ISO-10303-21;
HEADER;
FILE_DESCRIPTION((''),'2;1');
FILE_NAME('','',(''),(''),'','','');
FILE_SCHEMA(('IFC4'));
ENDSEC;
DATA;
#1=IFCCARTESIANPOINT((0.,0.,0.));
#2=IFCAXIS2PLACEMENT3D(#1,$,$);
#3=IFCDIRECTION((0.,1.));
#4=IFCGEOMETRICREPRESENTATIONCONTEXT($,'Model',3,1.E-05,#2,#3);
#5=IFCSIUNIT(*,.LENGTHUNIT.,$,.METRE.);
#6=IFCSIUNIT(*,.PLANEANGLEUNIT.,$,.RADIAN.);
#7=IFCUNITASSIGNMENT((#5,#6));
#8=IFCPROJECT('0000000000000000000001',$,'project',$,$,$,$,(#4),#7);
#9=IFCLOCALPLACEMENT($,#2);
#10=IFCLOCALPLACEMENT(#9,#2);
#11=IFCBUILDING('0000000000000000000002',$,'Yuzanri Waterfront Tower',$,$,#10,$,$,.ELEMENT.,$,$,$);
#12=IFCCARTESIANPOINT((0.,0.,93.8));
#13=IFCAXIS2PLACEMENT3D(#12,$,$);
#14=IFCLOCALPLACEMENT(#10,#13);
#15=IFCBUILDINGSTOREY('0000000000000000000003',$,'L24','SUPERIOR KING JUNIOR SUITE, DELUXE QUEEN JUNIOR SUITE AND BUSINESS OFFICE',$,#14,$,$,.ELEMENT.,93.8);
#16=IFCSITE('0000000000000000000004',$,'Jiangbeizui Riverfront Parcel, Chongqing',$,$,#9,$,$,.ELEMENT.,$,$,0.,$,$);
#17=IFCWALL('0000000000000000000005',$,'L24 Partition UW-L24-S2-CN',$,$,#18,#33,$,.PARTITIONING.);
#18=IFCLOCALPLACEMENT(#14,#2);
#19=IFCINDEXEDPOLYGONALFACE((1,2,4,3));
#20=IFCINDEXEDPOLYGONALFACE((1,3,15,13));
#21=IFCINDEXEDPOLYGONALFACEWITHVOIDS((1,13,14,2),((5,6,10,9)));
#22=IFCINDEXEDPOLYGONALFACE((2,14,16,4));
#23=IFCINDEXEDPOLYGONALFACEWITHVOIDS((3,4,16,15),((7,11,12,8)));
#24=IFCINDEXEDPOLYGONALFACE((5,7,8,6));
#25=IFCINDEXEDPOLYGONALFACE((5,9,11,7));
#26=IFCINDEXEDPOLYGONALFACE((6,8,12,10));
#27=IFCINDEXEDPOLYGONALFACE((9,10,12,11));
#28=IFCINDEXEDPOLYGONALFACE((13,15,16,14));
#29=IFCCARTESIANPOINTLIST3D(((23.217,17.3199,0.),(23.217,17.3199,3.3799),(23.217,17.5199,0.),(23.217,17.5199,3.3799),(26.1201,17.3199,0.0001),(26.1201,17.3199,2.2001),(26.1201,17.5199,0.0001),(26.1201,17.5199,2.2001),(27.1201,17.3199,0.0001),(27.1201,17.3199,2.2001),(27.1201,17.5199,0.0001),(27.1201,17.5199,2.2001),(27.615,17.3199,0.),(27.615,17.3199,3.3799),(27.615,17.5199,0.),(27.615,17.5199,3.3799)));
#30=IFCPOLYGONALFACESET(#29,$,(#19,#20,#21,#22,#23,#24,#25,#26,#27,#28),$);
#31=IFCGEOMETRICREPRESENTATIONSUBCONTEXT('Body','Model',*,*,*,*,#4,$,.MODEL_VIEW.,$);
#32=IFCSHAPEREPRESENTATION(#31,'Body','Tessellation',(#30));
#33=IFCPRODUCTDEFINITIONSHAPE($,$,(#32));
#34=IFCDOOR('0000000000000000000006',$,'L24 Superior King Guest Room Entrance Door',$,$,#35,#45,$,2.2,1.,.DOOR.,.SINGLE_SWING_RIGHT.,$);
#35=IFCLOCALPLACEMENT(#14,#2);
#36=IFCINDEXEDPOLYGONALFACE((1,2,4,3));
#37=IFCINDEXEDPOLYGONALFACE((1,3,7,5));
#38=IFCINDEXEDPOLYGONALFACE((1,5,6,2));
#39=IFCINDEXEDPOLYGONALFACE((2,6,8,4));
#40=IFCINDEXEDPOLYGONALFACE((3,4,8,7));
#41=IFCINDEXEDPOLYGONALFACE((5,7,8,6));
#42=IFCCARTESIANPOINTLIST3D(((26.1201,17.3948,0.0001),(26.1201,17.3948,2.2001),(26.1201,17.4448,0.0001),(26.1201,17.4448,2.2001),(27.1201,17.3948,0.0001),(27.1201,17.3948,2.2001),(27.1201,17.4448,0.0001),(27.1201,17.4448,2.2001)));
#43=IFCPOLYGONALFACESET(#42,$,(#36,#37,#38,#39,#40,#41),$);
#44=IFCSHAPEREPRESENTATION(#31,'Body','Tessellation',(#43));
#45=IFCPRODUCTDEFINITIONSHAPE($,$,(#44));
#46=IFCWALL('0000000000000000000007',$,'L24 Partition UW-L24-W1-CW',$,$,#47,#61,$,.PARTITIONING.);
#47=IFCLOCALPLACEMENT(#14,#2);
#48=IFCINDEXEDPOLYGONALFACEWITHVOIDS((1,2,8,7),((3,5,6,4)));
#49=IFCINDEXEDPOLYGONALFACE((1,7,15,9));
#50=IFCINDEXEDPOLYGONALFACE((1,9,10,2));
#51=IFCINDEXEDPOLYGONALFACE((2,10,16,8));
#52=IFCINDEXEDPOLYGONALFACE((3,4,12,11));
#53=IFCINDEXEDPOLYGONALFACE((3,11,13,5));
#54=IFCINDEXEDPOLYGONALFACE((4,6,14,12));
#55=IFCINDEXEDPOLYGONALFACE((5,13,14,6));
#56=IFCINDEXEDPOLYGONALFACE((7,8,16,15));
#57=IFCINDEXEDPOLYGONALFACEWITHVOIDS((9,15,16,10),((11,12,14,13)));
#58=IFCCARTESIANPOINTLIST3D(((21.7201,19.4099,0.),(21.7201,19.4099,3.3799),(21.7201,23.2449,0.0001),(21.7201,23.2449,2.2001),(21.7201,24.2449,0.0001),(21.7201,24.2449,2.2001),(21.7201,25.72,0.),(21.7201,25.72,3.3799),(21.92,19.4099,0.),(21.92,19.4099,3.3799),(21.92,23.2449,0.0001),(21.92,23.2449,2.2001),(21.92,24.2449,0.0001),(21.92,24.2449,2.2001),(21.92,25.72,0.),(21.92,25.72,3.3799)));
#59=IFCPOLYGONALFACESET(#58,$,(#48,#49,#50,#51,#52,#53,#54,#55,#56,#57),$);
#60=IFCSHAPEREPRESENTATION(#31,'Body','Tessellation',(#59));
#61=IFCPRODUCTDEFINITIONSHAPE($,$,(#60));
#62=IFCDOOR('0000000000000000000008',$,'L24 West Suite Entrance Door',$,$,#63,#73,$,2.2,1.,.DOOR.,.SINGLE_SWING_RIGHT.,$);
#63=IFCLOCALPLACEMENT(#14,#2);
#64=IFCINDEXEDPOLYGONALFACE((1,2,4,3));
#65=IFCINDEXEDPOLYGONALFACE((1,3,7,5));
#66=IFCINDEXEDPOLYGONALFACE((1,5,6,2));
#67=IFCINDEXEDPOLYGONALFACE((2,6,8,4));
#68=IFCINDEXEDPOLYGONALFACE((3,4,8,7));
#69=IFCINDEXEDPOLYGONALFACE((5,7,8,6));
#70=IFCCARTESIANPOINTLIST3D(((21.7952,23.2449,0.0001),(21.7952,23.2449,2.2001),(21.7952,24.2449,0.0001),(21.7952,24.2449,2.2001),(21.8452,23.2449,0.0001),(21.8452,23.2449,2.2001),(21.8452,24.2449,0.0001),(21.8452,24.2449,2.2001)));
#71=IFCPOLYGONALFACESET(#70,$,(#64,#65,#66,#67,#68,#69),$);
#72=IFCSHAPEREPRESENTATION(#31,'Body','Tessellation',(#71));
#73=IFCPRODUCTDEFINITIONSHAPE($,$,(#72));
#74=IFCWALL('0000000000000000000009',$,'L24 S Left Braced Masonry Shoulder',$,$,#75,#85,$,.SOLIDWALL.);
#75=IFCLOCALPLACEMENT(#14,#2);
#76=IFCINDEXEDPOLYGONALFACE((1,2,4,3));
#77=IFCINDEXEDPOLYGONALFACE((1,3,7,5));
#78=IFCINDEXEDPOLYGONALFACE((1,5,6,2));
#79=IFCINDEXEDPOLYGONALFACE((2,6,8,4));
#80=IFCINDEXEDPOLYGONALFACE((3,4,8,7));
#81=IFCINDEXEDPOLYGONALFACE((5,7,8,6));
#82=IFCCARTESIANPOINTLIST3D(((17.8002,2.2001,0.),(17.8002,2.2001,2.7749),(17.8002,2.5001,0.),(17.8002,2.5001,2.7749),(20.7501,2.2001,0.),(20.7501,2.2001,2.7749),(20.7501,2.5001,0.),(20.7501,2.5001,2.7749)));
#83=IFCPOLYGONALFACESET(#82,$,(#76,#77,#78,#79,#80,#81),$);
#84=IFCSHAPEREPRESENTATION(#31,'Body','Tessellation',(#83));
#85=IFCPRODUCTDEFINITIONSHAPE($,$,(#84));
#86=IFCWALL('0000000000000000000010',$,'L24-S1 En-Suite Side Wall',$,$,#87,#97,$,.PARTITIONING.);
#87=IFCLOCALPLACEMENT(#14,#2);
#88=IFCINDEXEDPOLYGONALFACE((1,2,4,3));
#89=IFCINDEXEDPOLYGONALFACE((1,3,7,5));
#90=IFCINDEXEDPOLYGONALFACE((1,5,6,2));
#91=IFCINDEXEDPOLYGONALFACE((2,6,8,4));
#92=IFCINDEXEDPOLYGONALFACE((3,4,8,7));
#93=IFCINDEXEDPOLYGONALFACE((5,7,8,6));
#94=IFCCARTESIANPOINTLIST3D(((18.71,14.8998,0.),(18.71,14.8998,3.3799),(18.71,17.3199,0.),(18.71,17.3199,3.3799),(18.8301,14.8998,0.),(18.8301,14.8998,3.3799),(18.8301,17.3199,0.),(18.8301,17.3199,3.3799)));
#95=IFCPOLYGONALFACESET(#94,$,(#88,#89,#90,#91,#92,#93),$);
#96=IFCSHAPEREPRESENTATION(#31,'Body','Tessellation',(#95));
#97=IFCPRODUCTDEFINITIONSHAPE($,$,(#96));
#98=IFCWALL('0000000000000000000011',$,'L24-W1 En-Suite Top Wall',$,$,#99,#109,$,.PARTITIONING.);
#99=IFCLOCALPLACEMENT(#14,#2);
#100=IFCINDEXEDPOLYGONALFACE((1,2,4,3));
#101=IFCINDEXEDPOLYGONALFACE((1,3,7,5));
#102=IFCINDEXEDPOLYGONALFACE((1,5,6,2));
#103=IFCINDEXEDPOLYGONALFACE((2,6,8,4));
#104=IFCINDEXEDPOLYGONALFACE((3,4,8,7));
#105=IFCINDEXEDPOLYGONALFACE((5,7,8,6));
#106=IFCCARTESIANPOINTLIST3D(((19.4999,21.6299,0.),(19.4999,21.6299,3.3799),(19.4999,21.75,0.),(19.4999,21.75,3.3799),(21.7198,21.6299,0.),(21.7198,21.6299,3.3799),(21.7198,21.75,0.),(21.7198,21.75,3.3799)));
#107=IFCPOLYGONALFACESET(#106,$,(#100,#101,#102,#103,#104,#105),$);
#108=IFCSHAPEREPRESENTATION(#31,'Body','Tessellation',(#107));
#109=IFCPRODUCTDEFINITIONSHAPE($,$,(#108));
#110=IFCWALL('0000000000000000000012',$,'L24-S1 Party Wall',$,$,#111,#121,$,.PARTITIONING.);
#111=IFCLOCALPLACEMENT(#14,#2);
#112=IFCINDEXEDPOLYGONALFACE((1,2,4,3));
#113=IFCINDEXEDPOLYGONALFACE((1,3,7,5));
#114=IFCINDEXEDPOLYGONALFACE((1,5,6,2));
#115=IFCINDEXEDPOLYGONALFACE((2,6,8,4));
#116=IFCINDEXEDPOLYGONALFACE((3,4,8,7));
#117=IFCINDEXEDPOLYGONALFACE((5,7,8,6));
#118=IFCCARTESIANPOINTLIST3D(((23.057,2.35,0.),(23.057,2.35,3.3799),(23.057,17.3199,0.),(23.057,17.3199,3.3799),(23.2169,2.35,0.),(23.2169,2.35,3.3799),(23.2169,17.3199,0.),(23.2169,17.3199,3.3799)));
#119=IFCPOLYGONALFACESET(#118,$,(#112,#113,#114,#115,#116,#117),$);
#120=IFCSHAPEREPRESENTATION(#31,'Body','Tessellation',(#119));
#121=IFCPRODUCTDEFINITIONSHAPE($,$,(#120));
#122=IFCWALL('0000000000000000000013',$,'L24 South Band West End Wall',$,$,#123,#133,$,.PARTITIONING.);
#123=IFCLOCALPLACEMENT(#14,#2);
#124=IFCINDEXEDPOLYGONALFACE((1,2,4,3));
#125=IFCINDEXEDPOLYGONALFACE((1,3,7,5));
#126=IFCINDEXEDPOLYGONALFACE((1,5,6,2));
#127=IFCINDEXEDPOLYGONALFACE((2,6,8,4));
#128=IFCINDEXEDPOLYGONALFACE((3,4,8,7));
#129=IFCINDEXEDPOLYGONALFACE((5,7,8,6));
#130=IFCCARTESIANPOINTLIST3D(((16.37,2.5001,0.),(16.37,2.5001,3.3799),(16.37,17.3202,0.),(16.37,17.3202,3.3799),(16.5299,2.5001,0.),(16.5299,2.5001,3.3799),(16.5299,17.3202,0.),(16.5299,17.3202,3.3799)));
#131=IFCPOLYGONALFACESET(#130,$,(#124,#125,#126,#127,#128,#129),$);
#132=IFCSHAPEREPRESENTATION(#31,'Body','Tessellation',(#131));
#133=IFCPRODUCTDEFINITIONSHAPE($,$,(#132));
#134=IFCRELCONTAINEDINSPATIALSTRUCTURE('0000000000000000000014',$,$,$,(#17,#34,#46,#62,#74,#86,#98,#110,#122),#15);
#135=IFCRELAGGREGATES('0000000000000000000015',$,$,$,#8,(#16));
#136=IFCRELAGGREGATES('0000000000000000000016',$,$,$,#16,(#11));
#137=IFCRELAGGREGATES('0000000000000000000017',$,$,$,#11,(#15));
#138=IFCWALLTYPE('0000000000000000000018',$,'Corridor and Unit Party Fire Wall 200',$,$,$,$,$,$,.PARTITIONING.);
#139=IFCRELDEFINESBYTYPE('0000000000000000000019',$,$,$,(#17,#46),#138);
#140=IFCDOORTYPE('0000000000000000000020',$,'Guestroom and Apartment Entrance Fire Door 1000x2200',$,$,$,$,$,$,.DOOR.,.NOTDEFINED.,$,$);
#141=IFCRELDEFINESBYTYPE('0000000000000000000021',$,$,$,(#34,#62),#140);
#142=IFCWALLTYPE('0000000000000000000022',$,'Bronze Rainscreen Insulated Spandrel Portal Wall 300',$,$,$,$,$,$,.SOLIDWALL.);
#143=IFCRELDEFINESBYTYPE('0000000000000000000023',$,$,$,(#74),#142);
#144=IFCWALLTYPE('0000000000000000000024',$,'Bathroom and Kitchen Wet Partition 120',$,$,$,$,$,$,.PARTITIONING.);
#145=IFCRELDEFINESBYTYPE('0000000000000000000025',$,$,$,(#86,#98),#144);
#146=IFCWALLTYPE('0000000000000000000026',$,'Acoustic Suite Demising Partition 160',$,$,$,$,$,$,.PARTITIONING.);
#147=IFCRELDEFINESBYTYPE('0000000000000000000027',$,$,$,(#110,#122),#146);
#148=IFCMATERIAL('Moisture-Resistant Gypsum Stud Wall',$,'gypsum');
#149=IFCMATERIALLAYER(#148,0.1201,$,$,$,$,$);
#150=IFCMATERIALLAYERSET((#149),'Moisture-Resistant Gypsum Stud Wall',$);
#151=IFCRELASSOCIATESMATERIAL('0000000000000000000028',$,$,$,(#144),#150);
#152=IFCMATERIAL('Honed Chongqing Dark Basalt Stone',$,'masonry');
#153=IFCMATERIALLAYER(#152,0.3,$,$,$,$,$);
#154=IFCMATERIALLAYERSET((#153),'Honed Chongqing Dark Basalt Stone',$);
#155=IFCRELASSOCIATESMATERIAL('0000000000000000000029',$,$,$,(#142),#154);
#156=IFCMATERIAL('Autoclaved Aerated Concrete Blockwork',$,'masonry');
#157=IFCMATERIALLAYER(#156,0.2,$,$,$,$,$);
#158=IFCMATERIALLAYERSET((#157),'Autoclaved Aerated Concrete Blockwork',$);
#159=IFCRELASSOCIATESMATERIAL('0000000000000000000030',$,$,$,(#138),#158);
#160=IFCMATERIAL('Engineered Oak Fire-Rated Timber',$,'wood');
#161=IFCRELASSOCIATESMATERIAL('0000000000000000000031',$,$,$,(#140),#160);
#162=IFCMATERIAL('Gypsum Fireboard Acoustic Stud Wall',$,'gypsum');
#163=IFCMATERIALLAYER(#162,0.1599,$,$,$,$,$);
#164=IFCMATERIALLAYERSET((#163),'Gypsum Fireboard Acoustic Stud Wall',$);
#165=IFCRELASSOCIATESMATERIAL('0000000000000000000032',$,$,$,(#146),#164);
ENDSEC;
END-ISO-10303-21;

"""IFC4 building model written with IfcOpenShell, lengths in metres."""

from ifc_helpers import new_model, si_unit, direction, frame, frame_2d, origin, place, context, subcontext, project, spatial, rectangle, extrude, source, transform, mapped, material, layer, layer_set, type_object, element, fill, save


model = new_model("IFC4")

# Units and contexts
model_context = context("Model", 3, precision=1e-05, world=origin(), true_north=direction((0.0, 1.0)))
body_context = subcontext(model_context, "Body", "Model", "MODEL_VIEW")
ifc_project = project(units=[si_unit("LENGTHUNIT", "METRE"), si_unit("PLANEANGLEUNIT", "RADIAN")], contexts=[model_context])

# Site, building, storey
site_placement = place(None, origin())
site = spatial("IfcSite", under=ifc_project, at=site_placement, Name="Jiangbeizui Riverfront Parcel, Chongqing", CompositionType="ELEMENT", RefElevation=0.0)
building_placement = place(site_placement, origin())
building = spatial("IfcBuilding", under=site, at=building_placement, Name="Yuzanri Waterfront Tower", CompositionType="ELEMENT")
storey_placement = place(building_placement, frame((0.0, 0.0, 93.8)))
storey = spatial("IfcBuildingStorey", under=building, at=storey_placement, Name="L24", Description="SUPERIOR KING JUNIOR SUITE, DELUXE QUEEN JUNIOR SUITE AND BUSINESS OFFICE", CompositionType="ELEMENT", Elevation=93.8)

# Shared definitions
ifc_material_1 = material(Name="Moisture-Resistant Gypsum Stud Wall", Category="gypsum")
ifc_layer_1 = layer(ifc_material_1, 0.1201)
ifc_layer_set_1 = layer_set([ifc_layer_1], Name="Moisture-Resistant Gypsum Stud Wall")
wall_type_1 = type_object("IfcWallType", Name="Bathroom and Kitchen Wet Partition 120", PredefinedType="PARTITIONING", material=ifc_layer_set_1)

# Shared definitions
ifc_material_2 = material(Name="Honed Chongqing Dark Basalt Stone", Category="masonry")
ifc_layer_2 = layer(ifc_material_2, 0.3)
ifc_layer_set_2 = layer_set([ifc_layer_2], Name="Honed Chongqing Dark Basalt Stone")
wall_type_2 = type_object("IfcWallType", Name="Bronze Rainscreen Insulated Spandrel Portal Wall 300", PredefinedType="SOLIDWALL", material=ifc_layer_set_2)

# Walls, openings, doors
ifc_material_3 = material(Name="Autoclaved Aerated Concrete Blockwork", Category="masonry")
ifc_layer_3 = layer(ifc_material_3, 0.2)
ifc_layer_set_3 = layer_set([ifc_layer_3], Name="Autoclaved Aerated Concrete Blockwork")
wall_type_3 = type_object("IfcWallType", Name="Corridor and Unit Party Fire Wall 200", PredefinedType="PARTITIONING", material=ifc_layer_set_3)
ifc_material_4 = material(Name="Engineered Oak Fire-Rated Timber", Category="wood")
door_type_1 = type_object("IfcDoorType", Name="Guestroom and Apartment Entrance Fire Door 1000x2200", OperationType="NOTDEFINED", PredefinedType="DOOR", material=ifc_material_4)
shared_shape_1 = source(origin(), body_context, "Body", "SweptSolid", [
    extrude(rectangle(XDim=1.0, YDim=2.2, at=frame_2d((0.5, 1.1001))), frame((0.0, 0.0249, 0.0), z_axis=(0.0, -1.0, 0.0), x_axis=(1.0, 0.0, 0.0)), (0.0, 0.0, 1.0), 0.05),
])
wall_1_placement = place(storey_placement, frame((23.217, 17.4199, 0.0), z_axis=(0.0, 0.0, 1.0), x_axis=(1.0, 0.0, 0.0)))
wall_1 = element("IfcWall", 1, at=wall_1_placement, inside=storey, type_object=wall_type_3, Name="L24 Partition UW-L24-S2-CN", PredefinedType="PARTITIONING", context=body_context, shape_type="SweptSolid", body=[
    extrude(rectangle(XDim=4.3979, YDim=0.2, at=frame_2d((2.199, 0.0))), origin(), (0.0, 0.0, 1.0), 3.3799),
])
opening_1_placement = place(wall_1_placement, frame((2.9031, 0.0, 0.0)))
opening_1 = element("IfcOpeningElement", 2, at=opening_1_placement, cuts=wall_1, PredefinedType="OPENING", context=body_context, shape_type="SweptSolid", body=[
    extrude(rectangle(XDim=1.0, YDim=2.2, at=frame_2d((0.5, 1.1001))), frame((0.0, 0.1147, 0.0), z_axis=(0.0, -1.0, 0.0), x_axis=(1.0, 0.0, 0.0)), (0.0, 0.0, 1.0), 0.2297),
])
door_1_placement = place(opening_1_placement, origin())
door_1 = element("IfcDoor", 3, at=door_1_placement, inside=storey, type_object=door_type_1, Name="L24 Superior King Guest Room Entrance Door", OperationType="SINGLE_SWING_RIGHT", OverallHeight=2.2, OverallWidth=1.0, PredefinedType="DOOR", context=body_context, shape_type="MappedRepresentation", body=[
    mapped(shared_shape_1, transform((0.0, 0.0, 0.0), scale=1.0)),
])
fill(opening_1, door_1)
wall_2_placement = place(storey_placement, frame((21.8201, 19.4099, 0.0), z_axis=(0.0, 0.0, 1.0), x_axis=(0.0, 1.0, 0.0)))
wall_2 = element("IfcWall", 4, at=wall_2_placement, inside=storey, type_object=wall_type_3, Name="L24 Partition UW-L24-W1-CW", PredefinedType="PARTITIONING", context=body_context, shape_type="SweptSolid", body=[
    extrude(rectangle(XDim=6.3101, YDim=0.2, at=frame_2d((3.155, 0.0))), origin(), (0.0, 0.0, 1.0), 3.3799),
])
opening_2_placement = place(wall_2_placement, frame((3.835, 0.0, 0.0)))
opening_2 = element("IfcOpeningElement", 5, at=opening_2_placement, cuts=wall_2, PredefinedType="OPENING", context=body_context, shape_type="SweptSolid", body=[
    extrude(rectangle(XDim=1.0, YDim=2.2, at=frame_2d((0.5, 1.1001))), frame((0.0, 0.1147, 0.0), z_axis=(0.0, -1.0, 0.0), x_axis=(1.0, 0.0, 0.0)), (0.0, 0.0, 1.0), 0.2297),
])
door_2_placement = place(opening_2_placement, origin())
door_2 = element("IfcDoor", 6, at=door_2_placement, inside=storey, type_object=door_type_1, Name="L24 West Suite Entrance Door", OperationType="SINGLE_SWING_RIGHT", OverallHeight=2.2, OverallWidth=1.0, PredefinedType="DOOR", context=body_context, shape_type="MappedRepresentation", body=[
    mapped(shared_shape_1, transform((0.0, 0.0, 0.0), scale=1.0)),
])
fill(opening_2, door_2)

# Walls
shared_shape_2 = source(origin(), body_context, "Body", "SweptSolid", [
    extrude(rectangle(XDim=2.95, YDim=0.3, at=frame_2d((1.4751, 0.0))), origin(), (0.0, 0.0, 1.0), 2.7749),
])
wall_3_placement = place(storey_placement, frame((17.8, 2.3501, 0.0), z_axis=(0.0, 0.0, 1.0), x_axis=(1.0, 0.0, 0.0)))
element("IfcWall", 7, at=wall_3_placement, inside=storey, type_object=wall_type_2, Name="L24 S Left Braced Masonry Shoulder", PredefinedType="SOLIDWALL", context=body_context, shape_type="MappedRepresentation", body=[
    mapped(shared_shape_2, transform((0.0, 0.0, 0.0), scale=1.0)),
])
shared_shape_3 = source(origin(), body_context, "Body", "SweptSolid", [
    extrude(rectangle(XDim=2.4202, YDim=0.1201, at=frame_2d((1.21, 0.0))), origin(), (0.0, 0.0, 1.0), 3.3799),
])
wall_4_placement = place(storey_placement, frame((18.77, 14.8999, 0.0), z_axis=(0.0, 0.0, 1.0), x_axis=(0.0, 1.0, 0.0)))
element("IfcWall", 8, at=wall_4_placement, inside=storey, type_object=wall_type_1, Name="L24-S1 En-Suite Side Wall", PredefinedType="PARTITIONING", context=body_context, shape_type="MappedRepresentation", body=[
    mapped(shared_shape_3, transform((0.0, 0.0, 0.0), scale=1.0)),
])
shared_shape_4 = source(origin(), body_context, "Body", "SweptSolid", [
    extrude(rectangle(XDim=2.22, YDim=0.1201, at=frame_2d((1.1099, 0.0))), origin(), (0.0, 0.0, 1.0), 3.3799),
])
wall_5_placement = place(storey_placement, frame((19.5, 21.6899, 0.0), z_axis=(0.0, 0.0, 1.0), x_axis=(1.0, 0.0, 0.0)))
element("IfcWall", 9, at=wall_5_placement, inside=storey, type_object=wall_type_1, Name="L24-W1 En-Suite Top Wall", PredefinedType="PARTITIONING", context=body_context, shape_type="MappedRepresentation", body=[
    mapped(shared_shape_4, transform((0.0, 0.0, 0.0), scale=1.0)),
])
ifc_material_5 = material(Name="Gypsum Fireboard Acoustic Stud Wall", Category="gypsum")
ifc_layer_4 = layer(ifc_material_5, 0.1599)
ifc_layer_set_4 = layer_set([ifc_layer_4], Name="Gypsum Fireboard Acoustic Stud Wall")
wall_type_4 = type_object("IfcWallType", Name="Acoustic Suite Demising Partition 160", PredefinedType="PARTITIONING", material=ifc_layer_set_4)
shared_shape_5 = source(origin(), body_context, "Body", "SweptSolid", [
    extrude(rectangle(XDim=14.97, YDim=0.1599, at=frame_2d((7.4849, 0.0))), origin(), (0.0, 0.0, 1.0), 3.3799),
])
wall_6_placement = place(storey_placement, frame((23.137, 2.3501, 0.0), z_axis=(0.0, 0.0, 1.0), x_axis=(0.0, 1.0, 0.0)))
element("IfcWall", 10, at=wall_6_placement, inside=storey, type_object=wall_type_4, Name="L24-S1 Party Wall", PredefinedType="PARTITIONING", context=body_context, shape_type="MappedRepresentation", body=[
    mapped(shared_shape_5, transform((0.0, 0.0, 0.0), scale=1.0)),
])
shared_shape_6 = source(origin(), body_context, "Body", "SweptSolid", [
    extrude(rectangle(XDim=14.8201, YDim=0.1599, at=frame_2d((7.4102, 0.0))), origin(), (0.0, 0.0, 1.0), 3.3799),
])
wall_7_placement = place(storey_placement, frame((16.45, 2.5, 0.0), z_axis=(0.0, 0.0, 1.0), x_axis=(0.0, 1.0, 0.0)))
element("IfcWall", 11, at=wall_7_placement, inside=storey, type_object=wall_type_4, Name="L24 South Band West End Wall", PredefinedType="PARTITIONING", context=body_context, shape_type="MappedRepresentation", body=[
    mapped(shared_shape_6, transform((0.0, 0.0, 0.0), scale=1.0)),
])

save(model, "model.ifc")
